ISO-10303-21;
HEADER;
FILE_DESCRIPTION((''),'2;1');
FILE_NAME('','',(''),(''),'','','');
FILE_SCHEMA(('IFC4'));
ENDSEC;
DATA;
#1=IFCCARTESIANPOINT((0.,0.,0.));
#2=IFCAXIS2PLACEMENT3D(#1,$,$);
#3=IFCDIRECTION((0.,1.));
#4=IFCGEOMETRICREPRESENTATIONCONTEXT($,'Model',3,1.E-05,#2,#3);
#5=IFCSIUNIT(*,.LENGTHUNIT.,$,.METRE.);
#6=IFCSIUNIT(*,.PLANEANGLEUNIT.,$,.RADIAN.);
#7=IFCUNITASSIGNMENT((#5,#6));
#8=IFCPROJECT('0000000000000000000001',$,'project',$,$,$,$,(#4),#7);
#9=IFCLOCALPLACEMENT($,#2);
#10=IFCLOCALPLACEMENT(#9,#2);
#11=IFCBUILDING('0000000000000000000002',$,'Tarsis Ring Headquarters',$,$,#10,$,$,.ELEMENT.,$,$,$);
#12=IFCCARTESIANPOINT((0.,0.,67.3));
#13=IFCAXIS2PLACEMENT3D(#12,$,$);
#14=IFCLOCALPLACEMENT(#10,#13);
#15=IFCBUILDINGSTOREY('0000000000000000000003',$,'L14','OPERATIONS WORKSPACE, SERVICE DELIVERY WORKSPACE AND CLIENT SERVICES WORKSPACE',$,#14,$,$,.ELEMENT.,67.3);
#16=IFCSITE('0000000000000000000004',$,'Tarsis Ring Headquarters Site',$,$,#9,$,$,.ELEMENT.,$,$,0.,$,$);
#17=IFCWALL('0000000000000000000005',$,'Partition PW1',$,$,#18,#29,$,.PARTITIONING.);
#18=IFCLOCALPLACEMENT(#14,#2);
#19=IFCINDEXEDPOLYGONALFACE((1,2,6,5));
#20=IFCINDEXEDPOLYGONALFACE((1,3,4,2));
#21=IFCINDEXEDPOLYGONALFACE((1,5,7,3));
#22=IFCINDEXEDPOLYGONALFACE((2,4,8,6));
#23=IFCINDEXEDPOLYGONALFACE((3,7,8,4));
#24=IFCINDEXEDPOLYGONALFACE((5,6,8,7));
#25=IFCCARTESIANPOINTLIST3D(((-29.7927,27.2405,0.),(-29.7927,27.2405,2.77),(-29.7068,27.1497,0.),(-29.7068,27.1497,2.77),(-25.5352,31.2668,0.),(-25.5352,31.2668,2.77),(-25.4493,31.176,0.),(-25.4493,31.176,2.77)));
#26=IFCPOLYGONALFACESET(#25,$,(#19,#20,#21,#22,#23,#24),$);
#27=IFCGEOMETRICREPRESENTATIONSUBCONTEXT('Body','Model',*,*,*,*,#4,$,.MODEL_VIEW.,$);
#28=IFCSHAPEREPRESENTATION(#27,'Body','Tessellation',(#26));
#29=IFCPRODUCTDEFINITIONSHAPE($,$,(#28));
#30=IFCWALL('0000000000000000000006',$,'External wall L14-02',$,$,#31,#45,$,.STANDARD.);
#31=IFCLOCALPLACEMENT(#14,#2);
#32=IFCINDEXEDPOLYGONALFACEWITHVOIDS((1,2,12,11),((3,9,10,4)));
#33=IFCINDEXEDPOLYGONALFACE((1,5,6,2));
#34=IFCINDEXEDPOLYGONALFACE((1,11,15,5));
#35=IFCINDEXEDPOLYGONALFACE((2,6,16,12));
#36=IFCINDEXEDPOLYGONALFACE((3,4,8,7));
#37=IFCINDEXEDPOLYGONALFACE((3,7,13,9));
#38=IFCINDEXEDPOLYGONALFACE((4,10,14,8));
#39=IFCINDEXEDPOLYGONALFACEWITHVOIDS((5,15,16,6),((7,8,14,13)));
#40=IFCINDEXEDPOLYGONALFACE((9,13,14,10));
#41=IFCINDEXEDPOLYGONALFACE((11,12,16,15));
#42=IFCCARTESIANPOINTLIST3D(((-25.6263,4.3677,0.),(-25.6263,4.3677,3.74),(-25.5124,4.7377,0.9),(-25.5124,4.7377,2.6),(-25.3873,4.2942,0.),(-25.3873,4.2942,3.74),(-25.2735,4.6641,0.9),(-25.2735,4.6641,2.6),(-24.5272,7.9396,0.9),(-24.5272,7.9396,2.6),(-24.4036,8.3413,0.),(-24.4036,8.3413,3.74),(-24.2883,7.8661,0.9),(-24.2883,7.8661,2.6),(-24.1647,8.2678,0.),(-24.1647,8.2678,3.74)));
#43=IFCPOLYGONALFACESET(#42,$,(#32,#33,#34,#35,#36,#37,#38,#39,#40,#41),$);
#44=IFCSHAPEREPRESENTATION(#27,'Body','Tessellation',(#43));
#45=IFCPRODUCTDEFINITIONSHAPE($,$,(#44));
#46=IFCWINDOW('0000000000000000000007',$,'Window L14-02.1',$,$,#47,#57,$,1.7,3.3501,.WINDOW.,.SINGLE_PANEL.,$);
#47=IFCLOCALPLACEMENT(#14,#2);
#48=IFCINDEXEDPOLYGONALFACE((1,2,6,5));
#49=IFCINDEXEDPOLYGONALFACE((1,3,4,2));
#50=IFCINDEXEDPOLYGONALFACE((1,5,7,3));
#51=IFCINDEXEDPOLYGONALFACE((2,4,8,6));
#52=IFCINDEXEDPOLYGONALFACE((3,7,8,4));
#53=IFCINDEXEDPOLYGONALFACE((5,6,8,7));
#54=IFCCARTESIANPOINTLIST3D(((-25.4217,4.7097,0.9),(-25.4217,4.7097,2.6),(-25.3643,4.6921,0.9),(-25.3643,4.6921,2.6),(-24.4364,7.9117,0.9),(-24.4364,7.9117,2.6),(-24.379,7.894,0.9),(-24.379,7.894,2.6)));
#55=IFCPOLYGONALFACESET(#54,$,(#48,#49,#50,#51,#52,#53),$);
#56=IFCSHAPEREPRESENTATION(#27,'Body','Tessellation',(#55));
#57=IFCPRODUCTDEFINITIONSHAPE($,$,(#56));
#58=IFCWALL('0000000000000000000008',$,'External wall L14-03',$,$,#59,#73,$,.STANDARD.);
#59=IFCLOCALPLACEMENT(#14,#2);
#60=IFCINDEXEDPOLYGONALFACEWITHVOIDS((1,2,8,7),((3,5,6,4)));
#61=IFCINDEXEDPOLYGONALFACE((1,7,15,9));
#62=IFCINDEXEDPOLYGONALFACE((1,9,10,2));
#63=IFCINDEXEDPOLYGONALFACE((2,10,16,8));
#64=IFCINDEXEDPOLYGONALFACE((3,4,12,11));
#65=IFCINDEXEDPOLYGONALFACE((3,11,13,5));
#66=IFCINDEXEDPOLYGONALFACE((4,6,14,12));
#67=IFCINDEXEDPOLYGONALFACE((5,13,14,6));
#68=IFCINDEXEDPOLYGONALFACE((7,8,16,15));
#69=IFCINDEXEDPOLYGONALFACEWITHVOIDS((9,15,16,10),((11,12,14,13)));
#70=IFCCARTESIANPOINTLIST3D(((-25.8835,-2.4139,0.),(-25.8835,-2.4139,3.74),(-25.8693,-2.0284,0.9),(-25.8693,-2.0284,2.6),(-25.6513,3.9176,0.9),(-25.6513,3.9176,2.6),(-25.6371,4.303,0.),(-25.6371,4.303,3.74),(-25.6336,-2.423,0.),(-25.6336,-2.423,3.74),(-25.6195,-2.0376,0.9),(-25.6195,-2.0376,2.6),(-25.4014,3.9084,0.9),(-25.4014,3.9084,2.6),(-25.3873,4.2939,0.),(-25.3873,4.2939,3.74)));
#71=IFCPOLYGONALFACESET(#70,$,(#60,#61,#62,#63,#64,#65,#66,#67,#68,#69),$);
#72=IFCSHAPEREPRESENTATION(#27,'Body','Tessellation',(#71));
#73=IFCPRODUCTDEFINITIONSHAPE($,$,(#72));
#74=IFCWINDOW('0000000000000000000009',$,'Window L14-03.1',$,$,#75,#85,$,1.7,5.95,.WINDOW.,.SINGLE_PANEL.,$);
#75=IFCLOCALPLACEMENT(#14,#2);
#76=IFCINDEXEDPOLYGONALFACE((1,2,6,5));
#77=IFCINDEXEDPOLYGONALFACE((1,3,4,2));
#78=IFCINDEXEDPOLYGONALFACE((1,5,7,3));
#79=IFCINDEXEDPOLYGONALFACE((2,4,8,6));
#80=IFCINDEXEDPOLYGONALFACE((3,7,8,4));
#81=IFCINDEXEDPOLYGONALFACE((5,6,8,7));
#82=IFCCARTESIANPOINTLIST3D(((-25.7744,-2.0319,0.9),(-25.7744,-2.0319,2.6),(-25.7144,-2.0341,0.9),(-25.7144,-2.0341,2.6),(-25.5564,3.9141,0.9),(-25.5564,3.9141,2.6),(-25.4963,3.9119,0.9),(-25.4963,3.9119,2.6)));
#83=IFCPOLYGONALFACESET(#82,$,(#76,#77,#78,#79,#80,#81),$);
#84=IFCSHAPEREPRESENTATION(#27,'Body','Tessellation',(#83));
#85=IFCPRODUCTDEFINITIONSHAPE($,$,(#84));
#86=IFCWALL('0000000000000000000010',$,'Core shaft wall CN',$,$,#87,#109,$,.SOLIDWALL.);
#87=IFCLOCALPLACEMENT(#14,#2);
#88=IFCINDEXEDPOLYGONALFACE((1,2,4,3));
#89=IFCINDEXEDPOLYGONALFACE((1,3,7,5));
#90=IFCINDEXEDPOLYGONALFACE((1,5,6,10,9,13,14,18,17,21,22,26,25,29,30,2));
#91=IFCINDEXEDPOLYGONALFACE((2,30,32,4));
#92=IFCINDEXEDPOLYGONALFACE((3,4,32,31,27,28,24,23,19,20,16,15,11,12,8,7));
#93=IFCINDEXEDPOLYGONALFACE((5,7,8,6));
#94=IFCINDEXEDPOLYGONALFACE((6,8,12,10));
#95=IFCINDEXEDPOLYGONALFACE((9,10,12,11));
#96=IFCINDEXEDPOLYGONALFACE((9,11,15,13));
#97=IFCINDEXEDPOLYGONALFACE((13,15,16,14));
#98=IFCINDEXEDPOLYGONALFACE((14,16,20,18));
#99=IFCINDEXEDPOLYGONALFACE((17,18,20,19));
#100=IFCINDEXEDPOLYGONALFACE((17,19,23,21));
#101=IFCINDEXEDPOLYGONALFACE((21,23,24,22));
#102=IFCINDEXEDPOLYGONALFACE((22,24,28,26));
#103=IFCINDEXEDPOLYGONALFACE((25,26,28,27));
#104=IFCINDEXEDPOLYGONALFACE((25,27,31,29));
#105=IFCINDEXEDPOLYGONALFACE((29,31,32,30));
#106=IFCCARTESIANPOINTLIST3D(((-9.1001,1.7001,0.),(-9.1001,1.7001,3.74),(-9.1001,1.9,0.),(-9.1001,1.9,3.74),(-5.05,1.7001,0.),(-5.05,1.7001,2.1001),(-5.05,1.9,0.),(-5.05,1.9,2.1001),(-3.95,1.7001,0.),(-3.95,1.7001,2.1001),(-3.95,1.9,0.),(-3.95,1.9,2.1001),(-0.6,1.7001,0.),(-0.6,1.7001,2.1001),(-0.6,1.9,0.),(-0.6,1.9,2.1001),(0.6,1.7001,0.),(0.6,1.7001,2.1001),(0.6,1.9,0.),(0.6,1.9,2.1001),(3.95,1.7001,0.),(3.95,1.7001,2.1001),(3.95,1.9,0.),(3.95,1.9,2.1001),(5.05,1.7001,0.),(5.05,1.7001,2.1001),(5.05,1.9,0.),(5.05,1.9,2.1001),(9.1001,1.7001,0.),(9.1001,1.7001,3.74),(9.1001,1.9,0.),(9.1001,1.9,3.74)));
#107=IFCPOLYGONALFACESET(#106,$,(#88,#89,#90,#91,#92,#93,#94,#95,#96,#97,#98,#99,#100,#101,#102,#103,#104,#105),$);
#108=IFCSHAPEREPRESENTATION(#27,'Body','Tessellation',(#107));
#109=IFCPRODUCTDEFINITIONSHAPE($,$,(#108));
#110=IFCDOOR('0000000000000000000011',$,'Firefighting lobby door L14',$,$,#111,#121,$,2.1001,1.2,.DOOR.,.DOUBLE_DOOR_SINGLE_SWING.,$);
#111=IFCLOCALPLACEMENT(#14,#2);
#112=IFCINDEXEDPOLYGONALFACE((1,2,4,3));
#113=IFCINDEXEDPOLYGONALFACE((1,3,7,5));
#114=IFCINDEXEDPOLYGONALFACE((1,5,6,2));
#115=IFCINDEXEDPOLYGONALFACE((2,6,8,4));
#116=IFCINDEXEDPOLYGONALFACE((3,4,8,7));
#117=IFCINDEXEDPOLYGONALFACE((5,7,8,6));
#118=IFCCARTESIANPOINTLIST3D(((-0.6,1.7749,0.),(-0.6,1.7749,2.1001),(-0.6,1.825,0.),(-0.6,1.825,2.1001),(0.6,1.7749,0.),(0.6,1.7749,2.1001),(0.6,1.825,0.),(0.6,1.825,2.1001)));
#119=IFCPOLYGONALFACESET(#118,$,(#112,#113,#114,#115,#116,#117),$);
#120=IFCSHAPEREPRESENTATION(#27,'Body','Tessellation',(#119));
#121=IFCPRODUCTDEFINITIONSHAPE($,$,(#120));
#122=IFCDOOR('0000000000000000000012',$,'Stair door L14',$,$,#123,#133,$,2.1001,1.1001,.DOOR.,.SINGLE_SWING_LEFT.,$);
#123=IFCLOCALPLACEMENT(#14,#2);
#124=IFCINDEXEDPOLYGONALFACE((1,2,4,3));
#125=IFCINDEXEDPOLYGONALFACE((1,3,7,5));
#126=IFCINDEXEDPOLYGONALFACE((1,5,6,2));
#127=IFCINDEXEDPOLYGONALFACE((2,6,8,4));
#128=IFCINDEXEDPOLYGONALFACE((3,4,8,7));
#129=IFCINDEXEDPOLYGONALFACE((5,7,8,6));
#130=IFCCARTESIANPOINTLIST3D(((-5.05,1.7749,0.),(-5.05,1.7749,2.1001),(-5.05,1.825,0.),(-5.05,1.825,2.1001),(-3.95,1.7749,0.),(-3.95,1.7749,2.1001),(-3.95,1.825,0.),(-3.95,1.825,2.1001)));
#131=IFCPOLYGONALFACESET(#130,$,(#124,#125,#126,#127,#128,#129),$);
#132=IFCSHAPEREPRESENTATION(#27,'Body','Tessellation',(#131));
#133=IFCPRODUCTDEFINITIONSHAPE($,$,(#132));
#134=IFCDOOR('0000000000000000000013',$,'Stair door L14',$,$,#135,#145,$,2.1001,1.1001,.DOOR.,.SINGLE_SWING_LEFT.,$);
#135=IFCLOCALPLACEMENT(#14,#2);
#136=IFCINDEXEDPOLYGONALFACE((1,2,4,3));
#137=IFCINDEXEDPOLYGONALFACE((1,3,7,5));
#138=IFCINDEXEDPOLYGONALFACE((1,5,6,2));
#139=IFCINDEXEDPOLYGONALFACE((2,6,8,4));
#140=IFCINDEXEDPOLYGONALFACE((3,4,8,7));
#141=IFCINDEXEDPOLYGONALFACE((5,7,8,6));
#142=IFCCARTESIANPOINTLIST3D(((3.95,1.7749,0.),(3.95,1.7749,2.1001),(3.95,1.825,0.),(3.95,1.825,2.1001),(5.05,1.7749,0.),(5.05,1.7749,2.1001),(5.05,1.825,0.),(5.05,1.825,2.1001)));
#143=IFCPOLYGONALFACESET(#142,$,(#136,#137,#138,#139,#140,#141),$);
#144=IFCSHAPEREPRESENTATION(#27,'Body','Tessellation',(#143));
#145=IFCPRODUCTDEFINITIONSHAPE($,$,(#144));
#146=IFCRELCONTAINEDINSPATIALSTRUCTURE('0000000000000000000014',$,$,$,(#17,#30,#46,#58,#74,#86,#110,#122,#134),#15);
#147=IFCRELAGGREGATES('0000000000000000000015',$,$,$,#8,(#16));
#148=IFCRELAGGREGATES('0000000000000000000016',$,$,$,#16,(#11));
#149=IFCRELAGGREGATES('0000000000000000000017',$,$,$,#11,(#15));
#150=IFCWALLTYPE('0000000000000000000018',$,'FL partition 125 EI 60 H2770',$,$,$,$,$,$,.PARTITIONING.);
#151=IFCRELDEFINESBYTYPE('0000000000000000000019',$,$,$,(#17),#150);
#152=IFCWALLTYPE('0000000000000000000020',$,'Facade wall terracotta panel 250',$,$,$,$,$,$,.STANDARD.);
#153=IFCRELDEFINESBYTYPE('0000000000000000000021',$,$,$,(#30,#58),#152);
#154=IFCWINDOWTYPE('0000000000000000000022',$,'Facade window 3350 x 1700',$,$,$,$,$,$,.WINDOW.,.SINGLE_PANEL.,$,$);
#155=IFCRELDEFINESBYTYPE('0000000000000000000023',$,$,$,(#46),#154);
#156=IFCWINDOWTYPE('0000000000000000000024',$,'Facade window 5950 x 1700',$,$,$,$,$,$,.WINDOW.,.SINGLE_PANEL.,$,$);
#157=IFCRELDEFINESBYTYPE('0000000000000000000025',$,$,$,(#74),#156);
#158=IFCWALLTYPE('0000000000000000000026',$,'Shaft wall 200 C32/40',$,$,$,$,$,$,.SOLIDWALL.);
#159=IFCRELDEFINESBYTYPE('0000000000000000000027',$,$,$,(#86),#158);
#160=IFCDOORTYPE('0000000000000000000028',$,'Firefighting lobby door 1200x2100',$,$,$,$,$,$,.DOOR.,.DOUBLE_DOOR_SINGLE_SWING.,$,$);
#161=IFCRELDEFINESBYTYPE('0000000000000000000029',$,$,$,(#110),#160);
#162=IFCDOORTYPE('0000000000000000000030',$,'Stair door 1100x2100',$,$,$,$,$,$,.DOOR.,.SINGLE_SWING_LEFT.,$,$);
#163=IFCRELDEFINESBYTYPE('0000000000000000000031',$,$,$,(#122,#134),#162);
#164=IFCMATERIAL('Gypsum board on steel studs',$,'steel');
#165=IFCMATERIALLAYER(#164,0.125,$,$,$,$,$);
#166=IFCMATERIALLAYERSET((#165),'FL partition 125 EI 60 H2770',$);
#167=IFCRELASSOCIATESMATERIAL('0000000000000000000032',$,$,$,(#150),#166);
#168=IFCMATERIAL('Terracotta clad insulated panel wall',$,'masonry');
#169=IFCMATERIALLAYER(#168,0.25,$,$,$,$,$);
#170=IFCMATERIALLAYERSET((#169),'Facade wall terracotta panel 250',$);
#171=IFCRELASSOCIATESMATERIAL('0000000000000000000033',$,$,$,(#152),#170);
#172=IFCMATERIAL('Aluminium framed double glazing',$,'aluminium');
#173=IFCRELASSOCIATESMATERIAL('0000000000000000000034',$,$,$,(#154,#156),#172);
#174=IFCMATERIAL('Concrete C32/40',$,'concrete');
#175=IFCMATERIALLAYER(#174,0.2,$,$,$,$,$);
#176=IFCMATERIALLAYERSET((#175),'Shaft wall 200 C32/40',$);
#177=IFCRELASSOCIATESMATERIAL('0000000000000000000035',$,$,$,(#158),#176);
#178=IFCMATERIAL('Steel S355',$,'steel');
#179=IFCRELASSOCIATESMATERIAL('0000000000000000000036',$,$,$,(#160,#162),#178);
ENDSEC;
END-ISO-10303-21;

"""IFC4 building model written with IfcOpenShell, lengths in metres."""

from ifc_helpers import new_model, si_unit, direction, frame, frame_2d, origin, place, context, subcontext, project, spatial, rectangle, extrude, material, layer, layer_set, type_object, element, fill, save


model = new_model("IFC4")

# Units and contexts
model_context = context("Model", 3, precision=1e-05, world=origin(), true_north=direction((0.0, 1.0)))
body_context = subcontext(model_context, "Body", "Model", "MODEL_VIEW")
ifc_project = project(units=[si_unit("LENGTHUNIT", "METRE"), si_unit("PLANEANGLEUNIT", "RADIAN")], contexts=[model_context])

# Site, building, storey
site_placement = place(None, origin())
site = spatial("IfcSite", under=ifc_project, at=site_placement, Name="Tarsis Ring Headquarters Site", CompositionType="ELEMENT", RefElevation=0.0)
building_placement = place(site_placement, origin())
building = spatial("IfcBuilding", under=site, at=building_placement, Name="Tarsis Ring Headquarters", CompositionType="ELEMENT")
storey_placement = place(building_placement, frame((0.0, 0.0, 67.3)))
storey = spatial("IfcBuildingStorey", under=building, at=storey_placement, Name="L14", Description="OPERATIONS WORKSPACE, SERVICE DELIVERY WORKSPACE AND CLIENT SERVICES WORKSPACE", CompositionType="ELEMENT", Elevation=67.3)

# Shared definitions
ifc_material_1 = material(Name="Gypsum board on steel studs", Category="steel")

# Shared definitions
ifc_layer_1 = layer(ifc_material_1, 0.125)
ifc_layer_set_1 = layer_set([ifc_layer_1], Name="FL partition 125 EI 60 H2770")
wall_type_1 = type_object("IfcWallType", Name="FL partition 125 EI 60 H2770", PredefinedType="PARTITIONING", material=ifc_layer_set_1)

# Wall
wall_1_placement = place(storey_placement, frame((-29.7498, 27.1951, 0.0), z_axis=(0.0, 0.0, 1.0), x_axis=(0.726559, 0.687104, 0.0)))
element("IfcWall", 1, at=wall_1_placement, inside=storey, type_object=wall_type_1, Name="Partition PW1", PredefinedType="PARTITIONING", context=body_context, shape_type="SweptSolid", body=[
    extrude(rectangle(XDim=5.8599, YDim=0.125, at=frame_2d((2.9299, 0.0))), origin(), (0.0, 0.0, 1.0), 2.77),
])

# Walls, openings, windows
ifc_material_2 = material(Name="Terracotta clad insulated panel wall", Category="masonry")
ifc_layer_2 = layer(ifc_material_2, 0.25)
ifc_layer_set_2 = layer_set([ifc_layer_2], Name="Facade wall terracotta panel 250")
wall_type_2 = type_object("IfcWallType", Name="Facade wall terracotta panel 250", PredefinedType="STANDARD", material=ifc_layer_set_2)
wall_2_placement = place(storey_placement, frame((-24.2842, 8.3044, 0.0), z_axis=(0.0, 0.0, 1.0), x_axis=(-0.294086, -0.955779, 0.0)))
wall_2 = element("IfcWall", 2, at=wall_2_placement, inside=storey, type_object=wall_type_2, Name="External wall L14-02", PredefinedType="STANDARD", context=body_context, shape_type="SweptSolid", body=[
    extrude(rectangle(XDim=4.1575, YDim=0.25, at=frame_2d((2.0786, 0.0))), origin(), (0.0, 0.0, 1.0), 3.74),
])
opening_1_placement = place(wall_2_placement, frame((0.4202, 0.0, 0.8999)))
opening_1 = element("IfcOpeningElement", 3, at=opening_1_placement, cuts=wall_2, PredefinedType="OPENING", context=body_context, shape_type="SweptSolid", body=[
    extrude(rectangle(XDim=3.3501, YDim=1.7, at=frame_2d((1.675, 0.8501))), frame((0.0, 0.135, 0.0), z_axis=(0.0, -1.0, 0.0), x_axis=(1.0, 0.0, 0.0)), (0.0, 0.0, 1.0), 0.27),
])
ifc_material_3 = material(Name="Aluminium framed double glazing", Category="aluminium")
window_type_1 = type_object("IfcWindowType", Name="Facade window 3350 x 1700", PartitioningType="SINGLE_PANEL", PredefinedType="WINDOW", material=ifc_material_3)
window_1_placement = place(opening_1_placement, origin())
window_1 = element("IfcWindow", 4, at=window_1_placement, inside=storey, type_object=window_type_1, Name="Window L14-02.1", OverallHeight=1.7, OverallWidth=3.3501, PartitioningType="SINGLE_PANEL", PredefinedType="WINDOW", context=body_context, shape_type="SweptSolid", body=[
    extrude(rectangle(XDim=3.3501, YDim=1.7, at=frame_2d((1.675, 0.8501))), frame((0.0, 0.03, 0.0), z_axis=(0.0, -1.0, 0.0), x_axis=(1.0, 0.0, 0.0)), (0.0, 0.0, 1.0), 0.0601),
])
fill(opening_1, window_1)
wall_3_placement = place(storey_placement, frame((-25.5122, 4.2986, 0.0), z_axis=(0.0, 0.0, 1.0), x_axis=(-0.036649, -0.999328, 0.0)))
wall_3 = element("IfcWall", 5, at=wall_3_placement, inside=storey, type_object=wall_type_2, Name="External wall L14-03", PredefinedType="STANDARD", context=body_context, shape_type="SweptSolid", body=[
    extrude(rectangle(XDim=6.7214, YDim=0.25, at=frame_2d((3.3608, 0.0))), origin(), (0.0, 0.0, 1.0), 3.74),
])
opening_2_placement = place(wall_3_placement, frame((0.3857, 0.0, 0.8999)))
opening_2 = element("IfcOpeningElement", 6, at=opening_2_placement, cuts=wall_3, PredefinedType="OPENING", context=body_context, shape_type="SweptSolid", body=[
    extrude(rectangle(XDim=5.95, YDim=1.7, at=frame_2d((2.9751, 0.8501))), frame((0.0, 0.135, 0.0), z_axis=(0.0, -1.0, 0.0), x_axis=(1.0, 0.0, 0.0)), (0.0, 0.0, 1.0), 0.27),
])
window_type_2 = type_object("IfcWindowType", Name="Facade window 5950 x 1700", PartitioningType="SINGLE_PANEL", PredefinedType="WINDOW", material=ifc_material_3)
window_2_placement = place(opening_2_placement, origin())
window_2 = element("IfcWindow", 7, at=window_2_placement, inside=storey, type_object=window_type_2, Name="Window L14-03.1", OverallHeight=1.7, OverallWidth=5.95, PartitioningType="SINGLE_PANEL", PredefinedType="WINDOW", context=body_context, shape_type="SweptSolid", body=[
    extrude(rectangle(XDim=5.95, YDim=1.7, at=frame_2d((2.9751, 0.8501))), frame((0.0, 0.03, 0.0), z_axis=(0.0, -1.0, 0.0), x_axis=(1.0, 0.0, 0.0)), (0.0, 0.0, 1.0), 0.0601),
])
fill(opening_2, window_2)

# Wall, openings, doors
ifc_material_4 = material(Name="Concrete C32/40", Category="concrete")
ifc_layer_3 = layer(ifc_material_4, 0.2)
ifc_layer_set_3 = layer_set([ifc_layer_3], Name="Shaft wall 200 C32/40")
wall_type_3 = type_object("IfcWallType", Name="Shaft wall 200 C32/40", PredefinedType="SOLIDWALL", material=ifc_layer_set_3)
wall_4_placement = place(storey_placement, frame((-9.1001, 1.8, 0.0), z_axis=(0.0, 0.0, 1.0), x_axis=(1.0, 0.0, 0.0)))
wall_4 = element("IfcWall", 8, at=wall_4_placement, inside=storey, type_object=wall_type_3, Name="Core shaft wall CN", PredefinedType="SOLIDWALL", context=body_context, shape_type="SweptSolid", body=[
    extrude(rectangle(XDim=18.2002, YDim=0.2, at=frame_2d((9.1001, 0.0))), origin(), (0.0, 0.0, 1.0), 3.74),
])
opening_3_placement = place(wall_4_placement, frame((4.05, 0.0, 0.0)))
opening_3 = element("IfcOpeningElement", 9, at=opening_3_placement, cuts=wall_4, PredefinedType="OPENING", context=body_context, shape_type="SweptSolid", body=[
    extrude(rectangle(XDim=1.1001, YDim=2.1001, at=frame_2d((0.55, 1.05))), frame((0.0, 0.1099, 0.0), z_axis=(0.0, -1.0, 0.0), x_axis=(1.0, 0.0, 0.0)), (0.0, 0.0, 1.0), 0.22),
])
opening_4_placement = place(wall_4_placement, frame((8.5, 0.0, 0.0)))
opening_4 = element("IfcOpeningElement", 10, at=opening_4_placement, cuts=wall_4, PredefinedType="OPENING", context=body_context, shape_type="SweptSolid", body=[
    extrude(rectangle(XDim=1.2, YDim=2.1001, at=frame_2d((0.6001, 1.05))), frame((0.0, 0.1099, 0.0), z_axis=(0.0, -1.0, 0.0), x_axis=(1.0, 0.0, 0.0)), (0.0, 0.0, 1.0), 0.22),
])
opening_5_placement = place(wall_4_placement, frame((13.05, 0.0, 0.0)))
opening_5 = element("IfcOpeningElement", 11, at=opening_5_placement, cuts=wall_4, PredefinedType="OPENING", context=body_context, shape_type="SweptSolid", body=[
    extrude(rectangle(XDim=1.1001, YDim=2.1001, at=frame_2d((0.55, 1.05))), frame((0.0, 0.1099, 0.0), z_axis=(0.0, -1.0, 0.0), x_axis=(1.0, 0.0, 0.0)), (0.0, 0.0, 1.0), 0.22),
])
ifc_material_5 = material(Name="Steel S355", Category="steel")
door_type_1 = type_object("IfcDoorType", Name="Firefighting lobby door 1200x2100", OperationType="DOUBLE_DOOR_SINGLE_SWING", PredefinedType="DOOR", material=ifc_material_5)
door_1_placement = place(opening_4_placement, origin())
door_1 = element("IfcDoor", 12, at=door_1_placement, inside=storey, type_object=door_type_1, Name="Firefighting lobby door L14", OperationType="DOUBLE_DOOR_SINGLE_SWING", OverallHeight=2.1001, OverallWidth=1.2, PredefinedType="DOOR", context=body_context, shape_type="SweptSolid", body=[
    extrude(rectangle(XDim=1.2, YDim=2.1001, at=frame_2d((0.6001, 1.05))), frame((0.0, 0.0249, 0.0), z_axis=(0.0, -1.0, 0.0), x_axis=(1.0, 0.0, 0.0)), (0.0, 0.0, 1.0), 0.05),
])
fill(opening_4, door_1)
door_type_2 = type_object("IfcDoorType", Name="Stair door 1100x2100", OperationType="SINGLE_SWING_LEFT", PredefinedType="DOOR", material=ifc_material_5)
door_2_placement = place(opening_3_placement, origin())
door_2 = element("IfcDoor", 13, at=door_2_placement, inside=storey, type_object=door_type_2, Name="Stair door L14", OperationType="SINGLE_SWING_LEFT", OverallHeight=2.1001, OverallWidth=1.1001, PredefinedType="DOOR", context=body_context, shape_type="SweptSolid", body=[
    extrude(rectangle(XDim=1.1001, YDim=2.1001, at=frame_2d((0.55, 1.05))), frame((0.0, 0.0249, 0.0), z_axis=(0.0, -1.0, 0.0), x_axis=(1.0, 0.0, 0.0)), (0.0, 0.0, 1.0), 0.05),
])
fill(opening_3, door_2)
door_3_placement = place(opening_5_placement, origin())
door_3 = element("IfcDoor", 14, at=door_3_placement, inside=storey, type_object=door_type_2, Name="Stair door L14", OperationType="SINGLE_SWING_LEFT", OverallHeight=2.1001, OverallWidth=1.1001, PredefinedType="DOOR", context=body_context, shape_type="SweptSolid", body=[
    extrude(rectangle(XDim=1.1001, YDim=2.1001, at=frame_2d((0.55, 1.05))), frame((0.0, 0.0249, 0.0), z_axis=(0.0, -1.0, 0.0), x_axis=(1.0, 0.0, 0.0)), (0.0, 0.0, 1.0), 0.05),
])
fill(opening_5, door_3)

save(model, "model.ifc")
